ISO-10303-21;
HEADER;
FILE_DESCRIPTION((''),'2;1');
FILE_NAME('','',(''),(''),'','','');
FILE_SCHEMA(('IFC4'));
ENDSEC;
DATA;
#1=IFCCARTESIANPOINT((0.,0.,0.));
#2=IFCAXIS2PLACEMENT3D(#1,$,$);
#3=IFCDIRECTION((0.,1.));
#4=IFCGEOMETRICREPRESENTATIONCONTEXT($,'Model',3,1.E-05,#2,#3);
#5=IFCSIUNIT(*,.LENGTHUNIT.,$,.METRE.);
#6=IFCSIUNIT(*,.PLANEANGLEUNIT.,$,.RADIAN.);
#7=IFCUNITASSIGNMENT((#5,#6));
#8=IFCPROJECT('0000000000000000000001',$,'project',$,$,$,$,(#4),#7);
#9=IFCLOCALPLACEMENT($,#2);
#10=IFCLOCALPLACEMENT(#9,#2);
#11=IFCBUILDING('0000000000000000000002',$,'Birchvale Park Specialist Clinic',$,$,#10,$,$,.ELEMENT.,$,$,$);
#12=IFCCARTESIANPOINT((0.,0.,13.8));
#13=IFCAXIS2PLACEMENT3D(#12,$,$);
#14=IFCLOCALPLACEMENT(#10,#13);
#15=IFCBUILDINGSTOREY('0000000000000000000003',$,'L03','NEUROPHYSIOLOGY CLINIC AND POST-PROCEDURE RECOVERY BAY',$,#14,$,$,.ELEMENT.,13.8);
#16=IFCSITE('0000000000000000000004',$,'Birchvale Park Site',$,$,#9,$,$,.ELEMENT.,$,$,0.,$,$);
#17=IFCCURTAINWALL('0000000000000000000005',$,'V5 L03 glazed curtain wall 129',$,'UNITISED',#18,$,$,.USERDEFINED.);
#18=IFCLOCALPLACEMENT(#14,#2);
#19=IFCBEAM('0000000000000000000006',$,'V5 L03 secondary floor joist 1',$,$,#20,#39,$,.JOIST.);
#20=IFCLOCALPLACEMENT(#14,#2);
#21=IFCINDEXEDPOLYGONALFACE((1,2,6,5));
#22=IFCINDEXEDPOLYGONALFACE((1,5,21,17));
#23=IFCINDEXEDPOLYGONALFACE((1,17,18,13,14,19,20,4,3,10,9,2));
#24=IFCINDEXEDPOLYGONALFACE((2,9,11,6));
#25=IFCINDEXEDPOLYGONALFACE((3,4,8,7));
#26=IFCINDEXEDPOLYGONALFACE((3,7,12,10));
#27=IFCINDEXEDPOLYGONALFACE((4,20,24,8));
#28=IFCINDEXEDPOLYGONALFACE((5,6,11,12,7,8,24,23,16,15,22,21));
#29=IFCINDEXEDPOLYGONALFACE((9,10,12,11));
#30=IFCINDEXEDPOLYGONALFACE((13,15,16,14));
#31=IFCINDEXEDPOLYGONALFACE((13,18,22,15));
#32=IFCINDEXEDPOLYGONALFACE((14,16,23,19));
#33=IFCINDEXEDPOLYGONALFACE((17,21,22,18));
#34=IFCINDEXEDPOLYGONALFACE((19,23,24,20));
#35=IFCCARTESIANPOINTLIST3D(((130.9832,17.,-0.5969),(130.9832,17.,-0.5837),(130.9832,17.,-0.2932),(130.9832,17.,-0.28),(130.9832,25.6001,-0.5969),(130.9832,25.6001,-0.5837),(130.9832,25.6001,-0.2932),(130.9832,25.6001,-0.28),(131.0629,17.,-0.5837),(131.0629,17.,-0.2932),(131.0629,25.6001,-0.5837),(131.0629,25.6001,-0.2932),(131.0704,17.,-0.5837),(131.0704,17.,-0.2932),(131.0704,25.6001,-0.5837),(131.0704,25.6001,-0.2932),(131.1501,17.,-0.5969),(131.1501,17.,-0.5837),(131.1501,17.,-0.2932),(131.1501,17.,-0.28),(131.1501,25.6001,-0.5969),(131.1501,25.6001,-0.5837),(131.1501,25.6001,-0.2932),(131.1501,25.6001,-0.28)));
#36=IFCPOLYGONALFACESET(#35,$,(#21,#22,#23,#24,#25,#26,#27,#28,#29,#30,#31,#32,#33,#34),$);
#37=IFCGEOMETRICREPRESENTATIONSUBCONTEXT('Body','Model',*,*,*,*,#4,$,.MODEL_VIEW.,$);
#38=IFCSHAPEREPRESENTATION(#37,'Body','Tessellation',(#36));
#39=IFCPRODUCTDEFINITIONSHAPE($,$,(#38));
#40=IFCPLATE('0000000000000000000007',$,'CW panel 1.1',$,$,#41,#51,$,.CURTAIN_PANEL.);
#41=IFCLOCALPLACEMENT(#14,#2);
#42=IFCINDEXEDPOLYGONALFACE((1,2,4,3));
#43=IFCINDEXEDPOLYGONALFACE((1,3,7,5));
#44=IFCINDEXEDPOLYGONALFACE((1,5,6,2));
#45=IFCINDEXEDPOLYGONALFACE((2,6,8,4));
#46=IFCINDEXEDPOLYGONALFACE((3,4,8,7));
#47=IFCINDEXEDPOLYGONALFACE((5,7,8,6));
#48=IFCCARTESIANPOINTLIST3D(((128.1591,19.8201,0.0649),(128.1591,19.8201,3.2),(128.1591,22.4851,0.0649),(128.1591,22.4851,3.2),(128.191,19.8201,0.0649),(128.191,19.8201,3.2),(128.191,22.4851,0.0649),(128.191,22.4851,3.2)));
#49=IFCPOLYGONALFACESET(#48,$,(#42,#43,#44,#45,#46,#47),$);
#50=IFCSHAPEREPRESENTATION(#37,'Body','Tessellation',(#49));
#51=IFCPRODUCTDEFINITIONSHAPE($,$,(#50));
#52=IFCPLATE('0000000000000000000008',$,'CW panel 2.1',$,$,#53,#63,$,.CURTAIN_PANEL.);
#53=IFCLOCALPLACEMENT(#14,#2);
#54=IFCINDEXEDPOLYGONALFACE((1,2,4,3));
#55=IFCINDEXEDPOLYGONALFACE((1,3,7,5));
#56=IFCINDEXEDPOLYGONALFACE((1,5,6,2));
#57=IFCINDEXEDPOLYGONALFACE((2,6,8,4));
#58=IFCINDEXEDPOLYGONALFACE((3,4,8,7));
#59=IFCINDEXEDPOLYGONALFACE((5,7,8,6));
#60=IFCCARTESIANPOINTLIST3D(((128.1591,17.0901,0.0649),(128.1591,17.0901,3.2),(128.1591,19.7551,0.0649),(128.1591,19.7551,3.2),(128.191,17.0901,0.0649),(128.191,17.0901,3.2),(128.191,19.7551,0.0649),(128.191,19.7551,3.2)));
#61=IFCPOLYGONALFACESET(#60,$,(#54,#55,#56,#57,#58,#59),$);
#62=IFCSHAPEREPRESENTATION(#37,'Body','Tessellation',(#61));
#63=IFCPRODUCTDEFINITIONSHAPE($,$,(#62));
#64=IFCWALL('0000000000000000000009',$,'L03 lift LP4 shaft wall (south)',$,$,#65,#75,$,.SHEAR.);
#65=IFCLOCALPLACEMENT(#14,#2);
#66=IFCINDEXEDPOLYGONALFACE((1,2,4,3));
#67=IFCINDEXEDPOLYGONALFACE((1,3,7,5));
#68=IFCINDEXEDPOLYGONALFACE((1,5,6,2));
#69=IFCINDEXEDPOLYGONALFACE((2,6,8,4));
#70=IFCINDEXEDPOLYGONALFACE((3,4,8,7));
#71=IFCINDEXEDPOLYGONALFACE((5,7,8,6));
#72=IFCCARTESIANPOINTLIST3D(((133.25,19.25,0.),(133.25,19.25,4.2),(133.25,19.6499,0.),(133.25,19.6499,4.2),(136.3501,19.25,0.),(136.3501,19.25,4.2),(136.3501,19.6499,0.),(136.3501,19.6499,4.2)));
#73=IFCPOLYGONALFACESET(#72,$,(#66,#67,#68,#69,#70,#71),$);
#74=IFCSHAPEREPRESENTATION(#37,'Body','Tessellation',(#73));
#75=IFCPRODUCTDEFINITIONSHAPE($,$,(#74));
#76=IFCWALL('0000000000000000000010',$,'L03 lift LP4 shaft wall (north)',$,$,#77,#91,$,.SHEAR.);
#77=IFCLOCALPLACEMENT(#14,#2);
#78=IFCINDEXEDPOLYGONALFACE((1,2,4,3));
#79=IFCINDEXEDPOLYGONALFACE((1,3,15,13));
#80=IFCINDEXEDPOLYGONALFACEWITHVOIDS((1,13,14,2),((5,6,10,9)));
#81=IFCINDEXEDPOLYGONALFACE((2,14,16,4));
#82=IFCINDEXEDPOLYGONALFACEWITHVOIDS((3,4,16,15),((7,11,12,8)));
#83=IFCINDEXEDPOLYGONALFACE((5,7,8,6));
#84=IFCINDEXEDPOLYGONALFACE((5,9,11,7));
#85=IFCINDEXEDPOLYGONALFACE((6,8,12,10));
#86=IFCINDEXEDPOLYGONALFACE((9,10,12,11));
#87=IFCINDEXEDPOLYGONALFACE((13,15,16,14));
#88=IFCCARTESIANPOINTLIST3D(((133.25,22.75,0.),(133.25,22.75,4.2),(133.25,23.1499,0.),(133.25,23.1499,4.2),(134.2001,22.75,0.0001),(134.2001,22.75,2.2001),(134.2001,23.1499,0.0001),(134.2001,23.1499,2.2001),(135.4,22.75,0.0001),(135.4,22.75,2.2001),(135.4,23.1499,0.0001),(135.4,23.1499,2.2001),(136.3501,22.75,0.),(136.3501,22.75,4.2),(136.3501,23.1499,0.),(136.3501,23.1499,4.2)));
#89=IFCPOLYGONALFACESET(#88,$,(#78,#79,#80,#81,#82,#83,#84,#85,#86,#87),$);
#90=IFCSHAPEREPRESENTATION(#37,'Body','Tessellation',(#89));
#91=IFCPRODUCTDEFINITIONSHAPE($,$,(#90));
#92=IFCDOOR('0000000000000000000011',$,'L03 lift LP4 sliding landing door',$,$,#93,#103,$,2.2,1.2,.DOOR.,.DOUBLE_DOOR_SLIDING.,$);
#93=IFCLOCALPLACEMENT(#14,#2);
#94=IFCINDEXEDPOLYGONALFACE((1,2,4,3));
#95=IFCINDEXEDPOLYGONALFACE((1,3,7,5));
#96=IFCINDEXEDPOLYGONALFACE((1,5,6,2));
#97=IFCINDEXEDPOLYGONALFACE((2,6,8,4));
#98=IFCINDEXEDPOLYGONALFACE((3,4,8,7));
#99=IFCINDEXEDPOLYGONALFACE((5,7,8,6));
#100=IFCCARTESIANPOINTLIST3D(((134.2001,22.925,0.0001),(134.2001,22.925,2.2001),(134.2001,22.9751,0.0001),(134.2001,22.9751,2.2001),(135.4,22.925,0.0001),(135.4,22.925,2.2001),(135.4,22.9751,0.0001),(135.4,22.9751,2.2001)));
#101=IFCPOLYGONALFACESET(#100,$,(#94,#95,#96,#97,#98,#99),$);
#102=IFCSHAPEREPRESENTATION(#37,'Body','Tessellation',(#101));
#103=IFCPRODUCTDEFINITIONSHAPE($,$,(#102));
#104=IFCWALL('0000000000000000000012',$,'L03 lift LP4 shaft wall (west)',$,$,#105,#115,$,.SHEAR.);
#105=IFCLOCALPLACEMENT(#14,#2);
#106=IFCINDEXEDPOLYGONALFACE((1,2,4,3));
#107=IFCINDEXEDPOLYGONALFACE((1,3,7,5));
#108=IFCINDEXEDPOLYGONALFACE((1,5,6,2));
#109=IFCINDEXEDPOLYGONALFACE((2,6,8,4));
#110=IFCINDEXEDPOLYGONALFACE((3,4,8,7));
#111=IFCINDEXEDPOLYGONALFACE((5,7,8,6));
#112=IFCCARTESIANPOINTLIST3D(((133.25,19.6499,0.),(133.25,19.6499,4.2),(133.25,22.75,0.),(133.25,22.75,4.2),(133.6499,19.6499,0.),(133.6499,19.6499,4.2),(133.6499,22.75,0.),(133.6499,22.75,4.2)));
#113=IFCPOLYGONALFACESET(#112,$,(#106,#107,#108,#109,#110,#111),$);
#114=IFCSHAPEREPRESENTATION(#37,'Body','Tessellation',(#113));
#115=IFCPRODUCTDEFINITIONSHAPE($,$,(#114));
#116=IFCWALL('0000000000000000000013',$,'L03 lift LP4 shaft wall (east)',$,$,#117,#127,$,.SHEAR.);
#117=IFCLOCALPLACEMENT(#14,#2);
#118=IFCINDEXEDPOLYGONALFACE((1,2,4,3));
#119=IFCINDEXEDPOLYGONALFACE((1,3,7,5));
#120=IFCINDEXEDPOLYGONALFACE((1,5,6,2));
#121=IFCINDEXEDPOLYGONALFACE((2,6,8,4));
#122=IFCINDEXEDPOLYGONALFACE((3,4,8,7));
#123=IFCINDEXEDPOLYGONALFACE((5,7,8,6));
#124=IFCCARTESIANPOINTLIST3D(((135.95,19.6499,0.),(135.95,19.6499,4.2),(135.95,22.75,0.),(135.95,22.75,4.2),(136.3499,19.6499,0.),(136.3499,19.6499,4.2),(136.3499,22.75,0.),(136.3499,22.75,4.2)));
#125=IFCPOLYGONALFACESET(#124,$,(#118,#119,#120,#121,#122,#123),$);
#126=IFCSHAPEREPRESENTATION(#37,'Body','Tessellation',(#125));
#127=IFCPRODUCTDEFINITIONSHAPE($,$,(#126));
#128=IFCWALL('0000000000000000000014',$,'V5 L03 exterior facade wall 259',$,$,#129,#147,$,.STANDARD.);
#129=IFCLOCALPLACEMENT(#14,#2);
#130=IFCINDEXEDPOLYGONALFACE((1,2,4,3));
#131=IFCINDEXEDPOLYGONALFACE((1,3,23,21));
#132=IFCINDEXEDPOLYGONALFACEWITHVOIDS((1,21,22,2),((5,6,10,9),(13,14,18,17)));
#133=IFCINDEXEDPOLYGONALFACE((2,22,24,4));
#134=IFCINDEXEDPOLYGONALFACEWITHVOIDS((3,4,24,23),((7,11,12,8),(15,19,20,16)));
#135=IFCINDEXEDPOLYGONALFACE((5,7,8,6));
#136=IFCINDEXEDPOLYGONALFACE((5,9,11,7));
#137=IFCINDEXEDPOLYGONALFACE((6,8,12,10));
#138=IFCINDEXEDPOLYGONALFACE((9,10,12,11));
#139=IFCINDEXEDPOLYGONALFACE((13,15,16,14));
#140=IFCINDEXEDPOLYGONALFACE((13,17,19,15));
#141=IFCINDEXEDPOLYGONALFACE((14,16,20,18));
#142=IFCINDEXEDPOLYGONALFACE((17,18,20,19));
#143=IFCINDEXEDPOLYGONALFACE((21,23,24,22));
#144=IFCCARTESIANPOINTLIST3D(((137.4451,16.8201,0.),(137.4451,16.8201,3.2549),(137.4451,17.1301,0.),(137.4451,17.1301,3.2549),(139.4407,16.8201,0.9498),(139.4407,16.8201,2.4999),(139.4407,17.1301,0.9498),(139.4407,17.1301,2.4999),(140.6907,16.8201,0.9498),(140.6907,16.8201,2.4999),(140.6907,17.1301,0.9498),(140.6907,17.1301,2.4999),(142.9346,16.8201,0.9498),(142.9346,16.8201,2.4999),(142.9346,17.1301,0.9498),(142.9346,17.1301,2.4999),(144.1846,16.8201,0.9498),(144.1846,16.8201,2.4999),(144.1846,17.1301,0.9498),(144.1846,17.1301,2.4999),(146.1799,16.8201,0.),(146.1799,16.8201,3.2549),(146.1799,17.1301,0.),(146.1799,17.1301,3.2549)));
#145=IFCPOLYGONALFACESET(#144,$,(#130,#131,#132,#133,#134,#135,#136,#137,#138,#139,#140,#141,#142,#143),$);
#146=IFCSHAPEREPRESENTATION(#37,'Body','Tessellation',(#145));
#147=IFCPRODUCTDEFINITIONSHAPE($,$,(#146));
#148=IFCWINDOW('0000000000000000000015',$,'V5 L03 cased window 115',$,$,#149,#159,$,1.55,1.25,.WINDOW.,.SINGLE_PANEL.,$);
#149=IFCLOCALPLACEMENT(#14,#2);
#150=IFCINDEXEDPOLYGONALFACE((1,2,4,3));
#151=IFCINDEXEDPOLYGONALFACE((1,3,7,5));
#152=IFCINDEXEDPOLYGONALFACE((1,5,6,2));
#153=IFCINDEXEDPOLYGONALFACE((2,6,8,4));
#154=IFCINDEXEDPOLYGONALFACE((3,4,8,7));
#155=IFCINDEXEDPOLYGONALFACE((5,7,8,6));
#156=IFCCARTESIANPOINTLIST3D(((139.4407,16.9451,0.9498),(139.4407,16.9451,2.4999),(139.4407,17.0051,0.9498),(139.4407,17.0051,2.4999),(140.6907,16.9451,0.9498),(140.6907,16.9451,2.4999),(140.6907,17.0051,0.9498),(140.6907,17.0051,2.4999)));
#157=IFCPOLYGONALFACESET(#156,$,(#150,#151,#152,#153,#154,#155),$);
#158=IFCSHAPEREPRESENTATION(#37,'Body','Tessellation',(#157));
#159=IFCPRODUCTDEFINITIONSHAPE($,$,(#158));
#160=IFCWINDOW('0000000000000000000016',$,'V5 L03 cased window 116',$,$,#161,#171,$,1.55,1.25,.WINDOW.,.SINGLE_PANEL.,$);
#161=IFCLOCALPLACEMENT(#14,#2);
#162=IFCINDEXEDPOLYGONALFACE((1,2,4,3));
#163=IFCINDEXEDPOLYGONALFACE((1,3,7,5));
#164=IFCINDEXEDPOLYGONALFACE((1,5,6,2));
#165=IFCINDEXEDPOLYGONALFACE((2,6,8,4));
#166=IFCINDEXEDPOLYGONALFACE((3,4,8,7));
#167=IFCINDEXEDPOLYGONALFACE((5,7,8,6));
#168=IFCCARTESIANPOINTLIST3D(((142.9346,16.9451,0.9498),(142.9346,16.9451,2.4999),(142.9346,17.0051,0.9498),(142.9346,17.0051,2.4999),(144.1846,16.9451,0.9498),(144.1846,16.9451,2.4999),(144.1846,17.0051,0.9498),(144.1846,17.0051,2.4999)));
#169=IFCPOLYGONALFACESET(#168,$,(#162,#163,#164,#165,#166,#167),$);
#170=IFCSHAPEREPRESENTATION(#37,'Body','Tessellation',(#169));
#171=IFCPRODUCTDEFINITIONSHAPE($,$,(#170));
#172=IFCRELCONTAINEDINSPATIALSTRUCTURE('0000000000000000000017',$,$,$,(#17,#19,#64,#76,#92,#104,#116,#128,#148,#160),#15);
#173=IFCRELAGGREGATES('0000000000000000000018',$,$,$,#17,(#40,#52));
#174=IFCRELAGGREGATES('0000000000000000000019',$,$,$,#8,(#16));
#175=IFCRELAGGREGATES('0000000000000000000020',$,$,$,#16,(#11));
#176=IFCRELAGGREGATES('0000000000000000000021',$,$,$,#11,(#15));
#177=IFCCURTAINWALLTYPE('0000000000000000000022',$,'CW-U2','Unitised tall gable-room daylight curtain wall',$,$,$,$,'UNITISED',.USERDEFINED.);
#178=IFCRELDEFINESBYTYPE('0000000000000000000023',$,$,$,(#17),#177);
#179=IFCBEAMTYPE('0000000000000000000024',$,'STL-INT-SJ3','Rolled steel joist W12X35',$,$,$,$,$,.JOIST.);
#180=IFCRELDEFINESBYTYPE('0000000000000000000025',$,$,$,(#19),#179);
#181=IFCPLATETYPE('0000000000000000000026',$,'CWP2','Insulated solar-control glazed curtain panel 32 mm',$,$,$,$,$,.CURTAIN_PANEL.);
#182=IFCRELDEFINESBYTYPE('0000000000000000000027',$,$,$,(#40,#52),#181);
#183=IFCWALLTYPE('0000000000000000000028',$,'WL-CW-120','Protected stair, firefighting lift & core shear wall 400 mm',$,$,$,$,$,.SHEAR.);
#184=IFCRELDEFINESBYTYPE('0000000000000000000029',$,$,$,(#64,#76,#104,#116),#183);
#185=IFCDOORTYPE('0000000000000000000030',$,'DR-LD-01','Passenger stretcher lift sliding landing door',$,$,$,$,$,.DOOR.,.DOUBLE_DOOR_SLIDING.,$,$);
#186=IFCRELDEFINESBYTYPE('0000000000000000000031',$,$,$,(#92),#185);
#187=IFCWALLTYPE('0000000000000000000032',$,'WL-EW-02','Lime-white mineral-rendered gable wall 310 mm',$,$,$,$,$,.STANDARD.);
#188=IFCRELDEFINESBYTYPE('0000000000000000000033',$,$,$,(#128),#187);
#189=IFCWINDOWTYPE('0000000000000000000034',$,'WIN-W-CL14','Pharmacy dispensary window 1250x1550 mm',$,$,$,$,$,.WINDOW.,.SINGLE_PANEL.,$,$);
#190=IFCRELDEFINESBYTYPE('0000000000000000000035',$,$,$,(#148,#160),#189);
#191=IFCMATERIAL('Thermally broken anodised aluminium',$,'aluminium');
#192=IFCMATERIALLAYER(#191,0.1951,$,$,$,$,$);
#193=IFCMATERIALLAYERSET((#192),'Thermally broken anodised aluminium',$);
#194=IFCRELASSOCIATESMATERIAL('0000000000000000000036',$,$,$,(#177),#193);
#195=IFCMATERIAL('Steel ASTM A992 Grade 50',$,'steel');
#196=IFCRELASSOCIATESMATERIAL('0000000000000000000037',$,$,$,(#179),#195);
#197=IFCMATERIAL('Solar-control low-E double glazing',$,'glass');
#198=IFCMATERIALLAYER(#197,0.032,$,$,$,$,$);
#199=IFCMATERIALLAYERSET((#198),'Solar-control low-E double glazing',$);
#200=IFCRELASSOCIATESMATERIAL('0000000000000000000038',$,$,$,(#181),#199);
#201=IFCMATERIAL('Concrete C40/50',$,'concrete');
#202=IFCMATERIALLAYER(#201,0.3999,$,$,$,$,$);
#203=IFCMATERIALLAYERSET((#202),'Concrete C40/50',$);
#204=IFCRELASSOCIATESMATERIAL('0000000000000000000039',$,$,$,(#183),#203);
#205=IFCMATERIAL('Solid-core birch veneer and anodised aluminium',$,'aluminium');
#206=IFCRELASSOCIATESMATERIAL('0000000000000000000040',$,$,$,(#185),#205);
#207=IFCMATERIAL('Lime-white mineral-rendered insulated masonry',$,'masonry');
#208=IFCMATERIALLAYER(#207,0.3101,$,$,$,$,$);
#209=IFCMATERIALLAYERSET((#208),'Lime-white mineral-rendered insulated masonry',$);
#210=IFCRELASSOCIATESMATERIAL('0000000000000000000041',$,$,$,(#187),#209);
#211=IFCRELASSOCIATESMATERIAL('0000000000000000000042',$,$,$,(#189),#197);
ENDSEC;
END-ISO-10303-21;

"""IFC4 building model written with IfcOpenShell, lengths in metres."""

from ifc_helpers import new_model, si_unit, direction, frame, frame_2d, origin, origin_2d, place, context, subcontext, project, spatial, rectangle, i_section, extrude, material, layer, layer_set, material_profile, profile_set, type_object, element, fill, aggregate, save


model = new_model("IFC4")

# Units and contexts
model_context = context("Model", 3, precision=1e-05, world=origin(), true_north=direction((0.0, 1.0)))
body_context = subcontext(model_context, "Body", "Model", "MODEL_VIEW")
ifc_project = project(units=[si_unit("LENGTHUNIT", "METRE"), si_unit("PLANEANGLEUNIT", "RADIAN")], contexts=[model_context])

# Site, building, storey
site_placement = place(None, origin())
site = spatial("IfcSite", under=ifc_project, at=site_placement, Name="Birchvale Park Site", CompositionType="ELEMENT", RefElevation=0.0)
building_placement = place(site_placement, origin())
building = spatial("IfcBuilding", under=site, at=building_placement, Name="Birchvale Park Specialist Clinic", CompositionType="ELEMENT")
storey_placement = place(building_placement, frame((0.0, 0.0, 13.8)))
storey = spatial("IfcBuildingStorey", under=building, at=storey_placement, Name="L03", Description="NEUROPHYSIOLOGY CLINIC AND POST-PROCEDURE RECOVERY BAY", CompositionType="ELEMENT", Elevation=13.8)

# Shared definitions
ifc_material_1 = material(Name="Concrete C40/50", Category="concrete")

# Curtain wall
ifc_material_2 = material(Name="Thermally broken anodised aluminium", Category="aluminium")
ifc_layer_1 = layer(ifc_material_2, 0.1951)
ifc_layer_set_1 = layer_set([ifc_layer_1], Name="Thermally broken anodised aluminium")
curtain_wall_type = type_object("IfcCurtainWallType", Name="CW-U2", Description="Unitised tall gable-room daylight curtain wall", ElementType="UNITISED", PredefinedType="USERDEFINED", material=ifc_layer_set_1)
curtain_wall_placement = place(storey_placement, origin())
curtain_wall = element("IfcCurtainWall", 1, at=curtain_wall_placement, inside=storey, type_object=curtain_wall_type, Name="V5 L03 glazed curtain wall 129", ObjectType="UNITISED", PredefinedType="USERDEFINED")

# Beam
ifc_material_3 = material(Name="Steel ASTM A992 Grade 50", Category="steel")
ifc_material_profile_1 = material_profile(ifc_material_3, i_section(OverallWidth=0.167, OverallDepth=0.3169, WebThickness=0.0076, FlangeThickness=0.0132, at=origin_2d()), Name="W12X35")
ifc_profile_set_1 = profile_set([ifc_material_profile_1], Name="Steel ASTM A992 Grade 50")
beam_type_1 = type_object("IfcBeamType", Name="STL-INT-SJ3", Description="Rolled steel joist W12X35", PredefinedType="JOIST", material=ifc_profile_set_1)
beam_1_placement = place(storey_placement, frame((131.0667, 17.0, -0.4385), z_axis=(0.0, 1.0, 0.0), x_axis=(-1.0, 0.0, 0.0)))
element("IfcBeam", 2, at=beam_1_placement, inside=storey, type_object=beam_type_1, Name="V5 L03 secondary floor joist 1", PredefinedType="JOIST", context=body_context, shape_type="SweptSolid", body=[
    extrude(i_section(OverallWidth=0.167, OverallDepth=0.3169, WebThickness=0.0076, FlangeThickness=0.0132, at=origin_2d()), origin(), (0.0, 0.0, 1.0), 8.6001),
])

# Plates
ifc_material_4 = material(Name="Solar-control low-E double glazing", Category="glass")
ifc_layer_2 = layer(ifc_material_4, 0.032)
ifc_layer_set_2 = layer_set([ifc_layer_2], Name="Solar-control low-E double glazing")
plate_type = type_object("IfcPlateType", Name="CWP2", Description="Insulated solar-control glazed curtain panel 32 mm", PredefinedType="CURTAIN_PANEL", material=ifc_layer_set_2)
plate_1_placement = place(storey_placement, frame((128.175, 21.1526, 0.0649), z_axis=(0.0, 0.0, 1.0), x_axis=(0.0, -1.0, 0.0)))
plate_1 = element("IfcPlate", 3, at=plate_1_placement, type_object=plate_type, Name="CW panel 1.1", PredefinedType="CURTAIN_PANEL", context=body_context, shape_type="SweptSolid", body=[
    extrude(rectangle(XDim=2.665, YDim=0.032, at=origin_2d()), origin(), (0.0, 0.0, 1.0), 3.135),
])
plate_2_placement = place(storey_placement, frame((128.175, 18.4226, 0.0649), z_axis=(0.0, 0.0, 1.0), x_axis=(0.0, -1.0, 0.0)))
plate_2 = element("IfcPlate", 4, at=plate_2_placement, type_object=plate_type, Name="CW panel 2.1", PredefinedType="CURTAIN_PANEL", context=body_context, shape_type="SweptSolid", body=[
    extrude(rectangle(XDim=2.665, YDim=0.032, at=origin_2d()), origin(), (0.0, 0.0, 1.0), 3.135),
])
aggregate(curtain_wall, [plate_1, plate_2])

# Wall
ifc_layer_3 = layer(ifc_material_1, 0.3999)
ifc_layer_set_3 = layer_set([ifc_layer_3], Name="Concrete C40/50")
wall_type_1 = type_object("IfcWallType", Name="WL-CW-120", Description="Protected stair, firefighting lift & core shear wall 400 mm", PredefinedType="SHEAR", material=ifc_layer_set_3)
wall_1_placement = place(storey_placement, frame((133.25, 19.45, 0.0), z_axis=(0.0, 0.0, 1.0), x_axis=(1.0, 0.0, 0.0)))
element("IfcWall", 5, at=wall_1_placement, inside=storey, type_object=wall_type_1, Name="L03 lift LP4 shaft wall (south)", PredefinedType="SHEAR", context=body_context, shape_type="SweptSolid", body=[
    extrude(rectangle(XDim=3.1001, YDim=0.3999, at=frame_2d((1.55, 0.0))), origin(), (0.0, 0.0, 1.0), 4.2),
])

# Wall, opening, door
wall_2_placement = place(storey_placement, frame((136.3501, 22.95, 0.0), z_axis=(0.0, 0.0, 1.0), x_axis=(-1.0, 0.0, 0.0)))
wall_2 = element("IfcWall", 6, at=wall_2_placement, inside=storey, type_object=wall_type_1, Name="L03 lift LP4 shaft wall (north)", PredefinedType="SHEAR", context=body_context, shape_type="SweptSolid", body=[
    extrude(rectangle(XDim=3.1001, YDim=0.3999, at=frame_2d((1.55, 0.0))), origin(), (0.0, 0.0, 1.0), 4.2),
])
opening_1_placement = place(wall_2_placement, frame((0.95, 0.0, 0.0)))
opening_1 = element("IfcOpeningElement", 7, at=opening_1_placement, cuts=wall_2, PredefinedType="OPENING", context=body_context, shape_type="SweptSolid", body=[
    extrude(rectangle(XDim=1.2, YDim=2.2, at=frame_2d((0.6001, 1.1001))), frame((0.0, 0.21, 0.0), z_axis=(0.0, -1.0, 0.0), x_axis=(1.0, 0.0, 0.0)), (0.0, 0.0, 1.0), 0.4199),
])
ifc_material_5 = material(Name="Solid-core birch veneer and anodised aluminium", Category="aluminium")
door_type = type_object("IfcDoorType", Name="DR-LD-01", Description="Passenger stretcher lift sliding landing door", OperationType="DOUBLE_DOOR_SLIDING", PredefinedType="DOOR", material=ifc_material_5)
door_placement = place(opening_1_placement, origin())
door = element("IfcDoor", 8, at=door_placement, inside=storey, type_object=door_type, Name="L03 lift LP4 sliding landing door", OperationType="DOUBLE_DOOR_SLIDING", OverallHeight=2.2, OverallWidth=1.2, PredefinedType="DOOR", context=body_context, shape_type="SweptSolid", body=[
    extrude(rectangle(XDim=1.2, YDim=2.2, at=frame_2d((0.6001, 1.1001))), frame((0.0, 0.0249, 0.0), z_axis=(0.0, -1.0, 0.0), x_axis=(1.0, 0.0, 0.0)), (0.0, 0.0, 1.0), 0.05),
])
fill(opening_1, door)

# Walls
for number, where, z_axis, x_axis, name in (
    (9, (133.45, 19.6499, 0.0), (0.0, 0.0, 1.0), (0.0, 1.0, 0.0), "L03 lift LP4 shaft wall (west)"),
    (10, (136.1499, 22.75, 0.0), (0.0, 0.0, 1.0), (0.0, -1.0, 0.0), "L03 lift LP4 shaft wall (east)"),
):
    element("IfcWall", number, at=place(storey_placement, frame(where, z_axis=z_axis, x_axis=x_axis)), inside=storey, type_object=wall_type_1, Name=name, PredefinedType="SHEAR", context=body_context, shape_type="SweptSolid", body=[
        extrude(rectangle(XDim=3.1001, YDim=0.3999, at=frame_2d((1.55, 0.0))), origin(), (0.0, 0.0, 1.0), 4.2),
    ])

# Wall, openings, windows
ifc_material_6 = material(Name="Lime-white mineral-rendered insulated masonry", Category="masonry")
ifc_layer_4 = layer(ifc_material_6, 0.3101)
ifc_layer_set_4 = layer_set([ifc_layer_4], Name="Lime-white mineral-rendered insulated masonry")
wall_type_2 = type_object("IfcWallType", Name="WL-EW-02", Description="Lime-white mineral-rendered gable wall 310 mm", PredefinedType="STANDARD", material=ifc_layer_set_4)
wall_3_placement = place(storey_placement, frame((137.4451, 16.9751, 0.0), z_axis=(0.0, 0.0, 1.0), x_axis=(1.0, 0.0, 0.0)))
wall_3 = element("IfcWall", 11, at=wall_3_placement, inside=storey, type_object=wall_type_2, Name="V5 L03 exterior facade wall 259", PredefinedType="STANDARD", context=body_context, shape_type="SweptSolid", body=[
    extrude(rectangle(XDim=8.7349, YDim=0.3101, at=frame_2d((4.3674, 0.0))), origin(), (0.0, 0.0, 1.0), 3.2549),
])
opening_2_placement = place(wall_3_placement, frame((1.9956, 0.0, 0.95)))
opening_2 = element("IfcOpeningElement", 12, at=opening_2_placement, cuts=wall_3, PredefinedType="OPENING", context=body_context, shape_type="SweptSolid", body=[
    extrude(rectangle(XDim=1.25, YDim=1.55, at=frame_2d((0.625, 0.7749))), frame((0.0, 0.165, 0.0), z_axis=(0.0, -1.0, 0.0), x_axis=(1.0, 0.0, 0.0)), (0.0, 0.0, 1.0), 0.3301),
])
opening_3_placement = place(wall_3_placement, frame((5.4895, 0.0, 0.95)))
opening_3 = element("IfcOpeningElement", 13, at=opening_3_placement, cuts=wall_3, PredefinedType="OPENING", context=body_context, shape_type="SweptSolid", body=[
    extrude(rectangle(XDim=1.25, YDim=1.55, at=frame_2d((0.625, 0.7749))), frame((0.0, 0.165, 0.0), z_axis=(0.0, -1.0, 0.0), x_axis=(1.0, 0.0, 0.0)), (0.0, 0.0, 1.0), 0.3301),
])
window_type = type_object("IfcWindowType", Name="WIN-W-CL14", Description="Pharmacy dispensary window 1250x1550 mm", PartitioningType="SINGLE_PANEL", PredefinedType="WINDOW", material=ifc_material_4)
window_1_placement = place(opening_2_placement, origin())
window_1 = element("IfcWindow", 14, at=window_1_placement, inside=storey, type_object=window_type, Name="V5 L03 cased window 115", OverallHeight=1.55, OverallWidth=1.25, PartitioningType="SINGLE_PANEL", PredefinedType="WINDOW", context=body_context, shape_type="SweptSolid", body=[
    extrude(rectangle(XDim=1.25, YDim=1.55, at=frame_2d((0.625, 0.7749))), frame((0.0, 0.03, 0.0), z_axis=(0.0, -1.0, 0.0), x_axis=(1.0, 0.0, 0.0)), (0.0, 0.0, 1.0), 0.0601),
])
fill(opening_2, window_1)
window_2_placement = place(opening_3_placement, origin())
window_2 = element("IfcWindow", 15, at=window_2_placement, inside=storey, type_object=window_type, Name="V5 L03 cased window 116", OverallHeight=1.55, OverallWidth=1.25, PartitioningType="SINGLE_PANEL", PredefinedType="WINDOW", context=body_context, shape_type="SweptSolid", body=[
    extrude(rectangle(XDim=1.25, YDim=1.55, at=frame_2d((0.625, 0.7749))), frame((0.0, 0.03, 0.0), z_axis=(0.0, -1.0, 0.0), x_axis=(1.0, 0.0, 0.0)), (0.0, 0.0, 1.0), 0.0601),
])
fill(opening_3, window_2)

save(model, "model.ifc")
